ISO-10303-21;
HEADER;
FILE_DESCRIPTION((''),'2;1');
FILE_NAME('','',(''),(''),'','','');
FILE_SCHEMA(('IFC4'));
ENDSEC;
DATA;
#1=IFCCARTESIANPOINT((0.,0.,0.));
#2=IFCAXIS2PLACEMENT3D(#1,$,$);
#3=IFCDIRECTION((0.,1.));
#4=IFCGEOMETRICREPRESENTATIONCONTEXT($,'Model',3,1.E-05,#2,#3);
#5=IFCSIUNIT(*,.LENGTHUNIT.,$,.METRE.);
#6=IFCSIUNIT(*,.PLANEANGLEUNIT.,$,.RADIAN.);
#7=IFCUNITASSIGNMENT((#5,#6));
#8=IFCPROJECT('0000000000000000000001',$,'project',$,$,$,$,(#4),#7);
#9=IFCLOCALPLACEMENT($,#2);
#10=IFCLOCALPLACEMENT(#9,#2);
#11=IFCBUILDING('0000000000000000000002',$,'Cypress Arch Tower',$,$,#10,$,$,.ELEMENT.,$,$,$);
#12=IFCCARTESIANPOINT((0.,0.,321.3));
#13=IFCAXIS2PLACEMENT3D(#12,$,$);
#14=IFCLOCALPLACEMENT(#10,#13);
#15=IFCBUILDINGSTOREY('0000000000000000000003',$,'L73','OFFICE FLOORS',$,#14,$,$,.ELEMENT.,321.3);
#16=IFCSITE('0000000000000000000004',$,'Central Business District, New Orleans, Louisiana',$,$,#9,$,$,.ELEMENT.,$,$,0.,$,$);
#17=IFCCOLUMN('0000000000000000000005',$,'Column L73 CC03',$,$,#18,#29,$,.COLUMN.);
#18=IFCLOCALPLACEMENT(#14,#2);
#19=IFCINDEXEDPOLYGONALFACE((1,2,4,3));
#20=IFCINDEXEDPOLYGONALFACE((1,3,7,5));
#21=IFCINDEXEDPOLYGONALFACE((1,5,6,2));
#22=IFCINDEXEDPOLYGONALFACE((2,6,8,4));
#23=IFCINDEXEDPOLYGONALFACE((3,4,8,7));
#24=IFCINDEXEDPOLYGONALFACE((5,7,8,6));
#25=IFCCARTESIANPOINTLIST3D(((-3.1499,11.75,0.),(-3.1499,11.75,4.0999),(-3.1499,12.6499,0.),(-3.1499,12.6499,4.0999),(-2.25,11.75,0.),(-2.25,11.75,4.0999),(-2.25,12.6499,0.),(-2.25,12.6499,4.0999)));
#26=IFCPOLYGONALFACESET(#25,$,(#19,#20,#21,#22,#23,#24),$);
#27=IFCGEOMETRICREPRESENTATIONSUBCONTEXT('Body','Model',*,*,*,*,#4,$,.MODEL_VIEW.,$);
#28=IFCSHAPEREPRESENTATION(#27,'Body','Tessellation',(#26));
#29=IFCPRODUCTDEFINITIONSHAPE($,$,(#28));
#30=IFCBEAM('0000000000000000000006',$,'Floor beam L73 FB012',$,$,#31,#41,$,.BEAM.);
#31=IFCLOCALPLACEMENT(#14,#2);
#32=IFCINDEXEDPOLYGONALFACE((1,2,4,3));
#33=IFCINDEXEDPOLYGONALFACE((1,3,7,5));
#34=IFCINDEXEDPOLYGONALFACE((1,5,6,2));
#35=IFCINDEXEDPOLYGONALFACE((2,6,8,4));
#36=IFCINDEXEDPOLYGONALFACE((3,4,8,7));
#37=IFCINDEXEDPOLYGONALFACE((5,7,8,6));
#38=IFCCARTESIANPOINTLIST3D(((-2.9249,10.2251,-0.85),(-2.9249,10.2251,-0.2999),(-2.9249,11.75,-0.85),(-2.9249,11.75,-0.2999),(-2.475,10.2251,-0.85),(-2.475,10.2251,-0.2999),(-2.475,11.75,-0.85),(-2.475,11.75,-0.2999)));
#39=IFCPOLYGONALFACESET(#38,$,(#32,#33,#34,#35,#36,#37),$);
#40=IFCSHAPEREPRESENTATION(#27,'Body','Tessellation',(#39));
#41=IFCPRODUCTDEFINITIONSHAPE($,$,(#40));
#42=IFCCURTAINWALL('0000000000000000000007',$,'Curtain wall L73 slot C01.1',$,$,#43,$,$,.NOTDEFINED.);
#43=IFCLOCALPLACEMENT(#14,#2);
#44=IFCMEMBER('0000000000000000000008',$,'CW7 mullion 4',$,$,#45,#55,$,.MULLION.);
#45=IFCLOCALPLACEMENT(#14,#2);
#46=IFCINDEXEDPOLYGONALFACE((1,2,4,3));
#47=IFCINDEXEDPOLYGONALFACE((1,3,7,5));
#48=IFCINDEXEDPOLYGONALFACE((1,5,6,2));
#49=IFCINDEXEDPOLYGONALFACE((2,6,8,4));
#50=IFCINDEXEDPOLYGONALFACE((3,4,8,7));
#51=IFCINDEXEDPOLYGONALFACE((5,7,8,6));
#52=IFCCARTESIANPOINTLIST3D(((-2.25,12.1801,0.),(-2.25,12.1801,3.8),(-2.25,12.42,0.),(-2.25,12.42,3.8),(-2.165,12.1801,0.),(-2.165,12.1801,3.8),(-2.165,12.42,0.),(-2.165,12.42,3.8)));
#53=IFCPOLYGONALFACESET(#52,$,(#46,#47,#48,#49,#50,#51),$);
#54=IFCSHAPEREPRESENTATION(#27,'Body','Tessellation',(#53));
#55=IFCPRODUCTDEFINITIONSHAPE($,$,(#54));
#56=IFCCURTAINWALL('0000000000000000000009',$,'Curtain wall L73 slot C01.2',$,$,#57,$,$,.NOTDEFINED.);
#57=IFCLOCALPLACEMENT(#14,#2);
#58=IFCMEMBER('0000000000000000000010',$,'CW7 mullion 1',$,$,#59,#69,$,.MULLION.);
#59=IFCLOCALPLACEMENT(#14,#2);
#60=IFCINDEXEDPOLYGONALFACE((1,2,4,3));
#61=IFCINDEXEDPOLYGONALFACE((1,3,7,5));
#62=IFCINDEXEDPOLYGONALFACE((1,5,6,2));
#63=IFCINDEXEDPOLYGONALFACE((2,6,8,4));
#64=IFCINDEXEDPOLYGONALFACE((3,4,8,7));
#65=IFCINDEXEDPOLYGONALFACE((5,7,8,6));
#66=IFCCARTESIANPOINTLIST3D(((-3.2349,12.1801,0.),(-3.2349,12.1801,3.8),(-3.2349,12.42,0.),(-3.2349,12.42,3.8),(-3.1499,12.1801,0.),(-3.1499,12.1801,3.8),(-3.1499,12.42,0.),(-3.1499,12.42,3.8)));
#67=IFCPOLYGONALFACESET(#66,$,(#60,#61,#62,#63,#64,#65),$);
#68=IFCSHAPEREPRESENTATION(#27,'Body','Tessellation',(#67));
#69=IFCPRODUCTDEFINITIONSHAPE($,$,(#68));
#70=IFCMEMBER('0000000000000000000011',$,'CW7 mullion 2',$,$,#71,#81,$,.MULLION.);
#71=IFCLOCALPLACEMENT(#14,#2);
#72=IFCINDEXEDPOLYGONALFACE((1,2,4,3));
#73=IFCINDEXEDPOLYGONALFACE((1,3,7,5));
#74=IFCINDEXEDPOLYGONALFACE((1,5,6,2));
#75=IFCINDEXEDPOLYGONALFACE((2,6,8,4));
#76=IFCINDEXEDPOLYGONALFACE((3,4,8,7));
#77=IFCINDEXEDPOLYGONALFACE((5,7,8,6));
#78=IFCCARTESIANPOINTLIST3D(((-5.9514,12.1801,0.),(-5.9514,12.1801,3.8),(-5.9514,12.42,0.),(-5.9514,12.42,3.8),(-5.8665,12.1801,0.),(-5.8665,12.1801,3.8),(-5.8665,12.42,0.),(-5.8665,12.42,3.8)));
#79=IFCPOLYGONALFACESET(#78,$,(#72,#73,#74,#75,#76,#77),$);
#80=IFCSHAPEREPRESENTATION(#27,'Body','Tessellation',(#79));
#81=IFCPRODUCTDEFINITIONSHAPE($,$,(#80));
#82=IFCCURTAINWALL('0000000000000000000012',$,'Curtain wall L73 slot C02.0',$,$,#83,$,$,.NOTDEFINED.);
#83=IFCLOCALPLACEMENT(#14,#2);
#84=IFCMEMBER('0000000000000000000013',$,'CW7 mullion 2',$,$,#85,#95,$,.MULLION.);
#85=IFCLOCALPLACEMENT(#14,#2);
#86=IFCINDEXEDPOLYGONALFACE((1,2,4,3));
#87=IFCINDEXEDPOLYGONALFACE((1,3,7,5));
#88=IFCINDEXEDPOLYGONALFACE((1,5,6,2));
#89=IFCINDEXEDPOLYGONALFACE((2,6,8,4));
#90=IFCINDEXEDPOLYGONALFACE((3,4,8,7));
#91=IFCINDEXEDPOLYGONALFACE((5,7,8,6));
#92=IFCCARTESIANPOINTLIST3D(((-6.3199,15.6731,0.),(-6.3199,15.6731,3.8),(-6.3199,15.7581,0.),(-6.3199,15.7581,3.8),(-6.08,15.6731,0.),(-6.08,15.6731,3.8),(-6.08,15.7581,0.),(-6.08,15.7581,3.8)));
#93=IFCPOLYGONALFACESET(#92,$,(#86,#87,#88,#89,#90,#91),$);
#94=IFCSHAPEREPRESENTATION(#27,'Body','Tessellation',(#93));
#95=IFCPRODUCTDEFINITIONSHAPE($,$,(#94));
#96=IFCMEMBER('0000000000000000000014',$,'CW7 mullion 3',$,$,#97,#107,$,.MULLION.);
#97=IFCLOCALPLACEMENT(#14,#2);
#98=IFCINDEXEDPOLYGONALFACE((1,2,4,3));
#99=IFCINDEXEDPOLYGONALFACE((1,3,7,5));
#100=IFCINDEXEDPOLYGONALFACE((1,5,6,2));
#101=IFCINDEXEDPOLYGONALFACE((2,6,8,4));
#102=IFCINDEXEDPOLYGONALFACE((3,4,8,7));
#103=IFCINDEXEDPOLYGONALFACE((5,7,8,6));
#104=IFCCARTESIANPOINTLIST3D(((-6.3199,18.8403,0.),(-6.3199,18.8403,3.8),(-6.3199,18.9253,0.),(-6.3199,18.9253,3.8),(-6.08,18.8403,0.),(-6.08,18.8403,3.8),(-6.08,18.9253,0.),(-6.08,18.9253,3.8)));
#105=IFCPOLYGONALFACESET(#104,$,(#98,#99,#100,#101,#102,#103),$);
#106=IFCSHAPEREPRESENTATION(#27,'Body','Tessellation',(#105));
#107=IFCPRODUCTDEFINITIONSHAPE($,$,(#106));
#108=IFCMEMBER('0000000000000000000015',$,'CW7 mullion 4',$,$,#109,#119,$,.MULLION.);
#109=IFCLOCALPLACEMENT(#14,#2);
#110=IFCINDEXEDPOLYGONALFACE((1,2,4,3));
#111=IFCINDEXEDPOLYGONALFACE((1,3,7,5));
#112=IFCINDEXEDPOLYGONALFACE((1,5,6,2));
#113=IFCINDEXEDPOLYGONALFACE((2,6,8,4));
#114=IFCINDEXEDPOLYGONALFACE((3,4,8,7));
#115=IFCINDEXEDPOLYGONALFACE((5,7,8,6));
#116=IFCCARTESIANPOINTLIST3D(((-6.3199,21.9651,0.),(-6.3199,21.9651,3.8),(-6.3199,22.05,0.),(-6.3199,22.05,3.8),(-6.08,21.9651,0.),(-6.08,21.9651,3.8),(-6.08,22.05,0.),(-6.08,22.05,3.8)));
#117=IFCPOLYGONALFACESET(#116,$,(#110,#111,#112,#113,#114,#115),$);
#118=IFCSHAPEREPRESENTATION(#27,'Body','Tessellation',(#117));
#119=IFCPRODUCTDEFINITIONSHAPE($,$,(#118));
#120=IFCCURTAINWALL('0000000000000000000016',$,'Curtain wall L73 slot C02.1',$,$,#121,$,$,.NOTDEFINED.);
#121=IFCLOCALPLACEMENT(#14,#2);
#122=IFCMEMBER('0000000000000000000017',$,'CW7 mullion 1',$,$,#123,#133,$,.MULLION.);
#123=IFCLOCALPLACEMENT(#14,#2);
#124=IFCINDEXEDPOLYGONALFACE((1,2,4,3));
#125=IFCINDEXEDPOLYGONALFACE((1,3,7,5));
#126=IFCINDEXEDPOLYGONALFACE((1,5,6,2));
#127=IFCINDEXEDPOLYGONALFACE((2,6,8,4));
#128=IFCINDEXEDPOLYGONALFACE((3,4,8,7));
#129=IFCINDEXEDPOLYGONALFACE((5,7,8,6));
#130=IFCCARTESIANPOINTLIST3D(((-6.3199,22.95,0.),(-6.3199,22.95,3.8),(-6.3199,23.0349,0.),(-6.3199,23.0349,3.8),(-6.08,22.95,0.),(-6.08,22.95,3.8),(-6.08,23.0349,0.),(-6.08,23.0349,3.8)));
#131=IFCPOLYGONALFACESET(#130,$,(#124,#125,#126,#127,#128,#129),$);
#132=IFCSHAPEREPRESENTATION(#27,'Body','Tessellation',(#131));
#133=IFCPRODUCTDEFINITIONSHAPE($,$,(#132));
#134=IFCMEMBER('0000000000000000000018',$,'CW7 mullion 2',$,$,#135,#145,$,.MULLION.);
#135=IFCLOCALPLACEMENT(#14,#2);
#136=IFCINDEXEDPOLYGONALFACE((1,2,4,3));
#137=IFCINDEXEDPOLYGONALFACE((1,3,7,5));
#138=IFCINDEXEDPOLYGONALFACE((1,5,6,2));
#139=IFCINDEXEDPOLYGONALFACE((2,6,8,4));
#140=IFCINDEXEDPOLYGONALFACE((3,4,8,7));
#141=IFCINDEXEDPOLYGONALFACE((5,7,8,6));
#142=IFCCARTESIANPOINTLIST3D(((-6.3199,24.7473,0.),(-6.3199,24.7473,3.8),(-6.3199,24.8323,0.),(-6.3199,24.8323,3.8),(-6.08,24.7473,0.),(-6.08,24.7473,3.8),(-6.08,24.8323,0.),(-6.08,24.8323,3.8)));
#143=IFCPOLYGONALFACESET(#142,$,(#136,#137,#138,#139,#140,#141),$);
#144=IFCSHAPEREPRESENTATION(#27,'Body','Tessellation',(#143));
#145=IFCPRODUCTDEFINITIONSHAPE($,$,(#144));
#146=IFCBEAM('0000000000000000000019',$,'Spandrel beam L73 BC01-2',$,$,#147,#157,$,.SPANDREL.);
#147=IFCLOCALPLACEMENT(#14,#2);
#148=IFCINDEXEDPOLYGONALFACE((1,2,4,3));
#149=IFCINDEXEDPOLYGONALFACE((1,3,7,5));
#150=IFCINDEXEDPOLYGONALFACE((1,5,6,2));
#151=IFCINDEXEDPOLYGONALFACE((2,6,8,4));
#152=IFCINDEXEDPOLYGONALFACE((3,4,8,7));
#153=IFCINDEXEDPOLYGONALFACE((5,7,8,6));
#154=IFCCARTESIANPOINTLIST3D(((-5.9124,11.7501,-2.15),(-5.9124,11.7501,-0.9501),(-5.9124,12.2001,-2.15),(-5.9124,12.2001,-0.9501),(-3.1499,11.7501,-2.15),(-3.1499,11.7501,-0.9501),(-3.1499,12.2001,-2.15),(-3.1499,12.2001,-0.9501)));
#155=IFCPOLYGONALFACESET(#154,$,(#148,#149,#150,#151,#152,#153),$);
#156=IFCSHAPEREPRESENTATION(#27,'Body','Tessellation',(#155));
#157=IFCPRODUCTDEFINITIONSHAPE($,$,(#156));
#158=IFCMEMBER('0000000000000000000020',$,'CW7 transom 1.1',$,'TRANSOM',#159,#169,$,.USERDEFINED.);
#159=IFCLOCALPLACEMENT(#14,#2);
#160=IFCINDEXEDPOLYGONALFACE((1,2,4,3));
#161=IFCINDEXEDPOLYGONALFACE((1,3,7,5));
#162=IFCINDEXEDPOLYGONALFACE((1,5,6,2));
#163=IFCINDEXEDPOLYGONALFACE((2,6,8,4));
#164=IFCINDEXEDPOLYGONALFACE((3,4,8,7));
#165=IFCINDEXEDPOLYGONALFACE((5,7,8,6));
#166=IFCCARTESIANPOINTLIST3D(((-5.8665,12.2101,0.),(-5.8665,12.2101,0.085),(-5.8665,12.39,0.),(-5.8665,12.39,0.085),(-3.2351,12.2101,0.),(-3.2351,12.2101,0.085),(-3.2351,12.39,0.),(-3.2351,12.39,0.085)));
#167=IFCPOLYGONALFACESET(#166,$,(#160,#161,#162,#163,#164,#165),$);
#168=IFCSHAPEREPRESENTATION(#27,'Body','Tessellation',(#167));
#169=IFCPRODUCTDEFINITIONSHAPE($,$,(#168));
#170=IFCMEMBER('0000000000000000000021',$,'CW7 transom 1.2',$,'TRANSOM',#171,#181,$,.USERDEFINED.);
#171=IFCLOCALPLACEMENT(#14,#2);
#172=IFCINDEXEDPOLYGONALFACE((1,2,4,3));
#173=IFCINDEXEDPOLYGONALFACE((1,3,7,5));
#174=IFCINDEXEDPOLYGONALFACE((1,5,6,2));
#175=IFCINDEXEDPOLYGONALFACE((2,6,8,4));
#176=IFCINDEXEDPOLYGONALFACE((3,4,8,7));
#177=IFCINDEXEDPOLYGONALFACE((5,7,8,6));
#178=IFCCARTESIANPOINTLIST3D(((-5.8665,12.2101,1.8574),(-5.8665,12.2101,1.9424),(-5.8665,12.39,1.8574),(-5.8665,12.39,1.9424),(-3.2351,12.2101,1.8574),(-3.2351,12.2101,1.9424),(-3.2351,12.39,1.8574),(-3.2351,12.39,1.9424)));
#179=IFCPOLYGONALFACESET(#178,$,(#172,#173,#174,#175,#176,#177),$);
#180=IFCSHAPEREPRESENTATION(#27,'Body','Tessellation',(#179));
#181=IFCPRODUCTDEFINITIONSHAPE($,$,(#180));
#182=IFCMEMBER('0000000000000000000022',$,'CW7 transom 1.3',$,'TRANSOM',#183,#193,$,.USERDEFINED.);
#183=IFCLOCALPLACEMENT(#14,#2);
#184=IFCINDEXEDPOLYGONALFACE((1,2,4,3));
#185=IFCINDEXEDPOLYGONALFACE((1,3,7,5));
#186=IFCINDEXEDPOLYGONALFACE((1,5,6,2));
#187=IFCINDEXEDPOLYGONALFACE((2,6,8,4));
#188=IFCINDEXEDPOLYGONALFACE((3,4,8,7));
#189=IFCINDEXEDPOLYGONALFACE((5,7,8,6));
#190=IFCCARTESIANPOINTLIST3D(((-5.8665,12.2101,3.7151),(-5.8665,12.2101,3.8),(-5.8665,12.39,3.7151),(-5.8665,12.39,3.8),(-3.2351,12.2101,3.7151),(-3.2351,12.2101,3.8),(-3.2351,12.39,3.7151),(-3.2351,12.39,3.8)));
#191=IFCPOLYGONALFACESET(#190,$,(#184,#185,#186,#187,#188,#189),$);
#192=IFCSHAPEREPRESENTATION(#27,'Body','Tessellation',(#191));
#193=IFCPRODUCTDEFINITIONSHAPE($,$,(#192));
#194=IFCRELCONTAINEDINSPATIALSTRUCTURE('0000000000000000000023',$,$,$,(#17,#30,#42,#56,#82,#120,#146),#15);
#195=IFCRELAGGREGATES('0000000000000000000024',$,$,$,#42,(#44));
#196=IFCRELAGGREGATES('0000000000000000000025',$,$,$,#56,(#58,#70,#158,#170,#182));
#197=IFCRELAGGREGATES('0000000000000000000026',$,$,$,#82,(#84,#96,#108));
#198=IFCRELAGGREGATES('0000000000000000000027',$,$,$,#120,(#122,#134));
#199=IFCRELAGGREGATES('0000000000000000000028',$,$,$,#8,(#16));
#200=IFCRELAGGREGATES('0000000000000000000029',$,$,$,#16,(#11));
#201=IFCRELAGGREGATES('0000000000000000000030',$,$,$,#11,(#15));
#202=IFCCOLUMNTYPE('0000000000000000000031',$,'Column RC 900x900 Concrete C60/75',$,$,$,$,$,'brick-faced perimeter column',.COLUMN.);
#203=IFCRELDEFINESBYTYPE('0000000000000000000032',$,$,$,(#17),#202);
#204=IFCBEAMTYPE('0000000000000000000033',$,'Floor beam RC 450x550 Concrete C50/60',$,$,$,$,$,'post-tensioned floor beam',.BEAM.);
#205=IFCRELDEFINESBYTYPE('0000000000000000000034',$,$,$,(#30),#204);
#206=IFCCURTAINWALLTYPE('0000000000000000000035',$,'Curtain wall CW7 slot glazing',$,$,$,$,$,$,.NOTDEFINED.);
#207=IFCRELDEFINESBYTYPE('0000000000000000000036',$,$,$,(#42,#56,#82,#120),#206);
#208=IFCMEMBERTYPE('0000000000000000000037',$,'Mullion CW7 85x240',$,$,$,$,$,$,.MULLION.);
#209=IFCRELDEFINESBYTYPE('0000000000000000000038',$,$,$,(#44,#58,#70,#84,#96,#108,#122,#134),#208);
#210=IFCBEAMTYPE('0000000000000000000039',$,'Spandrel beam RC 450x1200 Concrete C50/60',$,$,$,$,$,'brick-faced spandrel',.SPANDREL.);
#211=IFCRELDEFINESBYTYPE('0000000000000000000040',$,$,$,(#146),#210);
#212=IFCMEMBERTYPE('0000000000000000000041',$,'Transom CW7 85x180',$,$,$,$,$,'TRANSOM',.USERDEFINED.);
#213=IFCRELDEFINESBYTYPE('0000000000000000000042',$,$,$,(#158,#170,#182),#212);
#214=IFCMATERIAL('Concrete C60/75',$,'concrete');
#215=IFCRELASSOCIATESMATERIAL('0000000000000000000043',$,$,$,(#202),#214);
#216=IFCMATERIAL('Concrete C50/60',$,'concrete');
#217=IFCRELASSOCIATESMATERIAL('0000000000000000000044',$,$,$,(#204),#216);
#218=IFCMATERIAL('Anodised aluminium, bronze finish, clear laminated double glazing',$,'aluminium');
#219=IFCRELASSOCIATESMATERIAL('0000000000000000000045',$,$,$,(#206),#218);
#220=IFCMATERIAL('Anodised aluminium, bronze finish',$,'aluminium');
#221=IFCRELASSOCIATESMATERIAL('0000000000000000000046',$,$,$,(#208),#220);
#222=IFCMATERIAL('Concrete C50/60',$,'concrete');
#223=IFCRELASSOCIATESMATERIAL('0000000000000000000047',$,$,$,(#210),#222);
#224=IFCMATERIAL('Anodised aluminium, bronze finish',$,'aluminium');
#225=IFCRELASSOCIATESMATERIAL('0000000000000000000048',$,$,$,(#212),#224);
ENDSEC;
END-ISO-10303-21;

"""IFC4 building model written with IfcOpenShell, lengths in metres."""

from ifc_helpers import new_model, si_unit, direction, frame, origin, origin_2d, place, context, subcontext, project, spatial, rectangle, extrude, material, material_profile, profile_set, type_object, element, aggregate, save


model = new_model("IFC4")

# Units and contexts
model_context = context("Model", 3, precision=1e-05, world=origin(), true_north=direction((0.0, 1.0)))
body_context = subcontext(model_context, "Body", "Model", "MODEL_VIEW")
ifc_project = project(units=[si_unit("LENGTHUNIT", "METRE"), si_unit("PLANEANGLEUNIT", "RADIAN")], contexts=[model_context])

# Site, building, storey
site_placement = place(None, origin())
site = spatial("IfcSite", under=ifc_project, at=site_placement, Name="Central Business District, New Orleans, Louisiana", CompositionType="ELEMENT", RefElevation=0.0)
building_placement = place(site_placement, origin())
building = spatial("IfcBuilding", under=site, at=building_placement, Name="Cypress Arch Tower", CompositionType="ELEMENT")
storey_placement = place(building_placement, frame((0.0, 0.0, 321.3)))
storey = spatial("IfcBuildingStorey", under=building, at=storey_placement, Name="L73", Description="OFFICE FLOORS", CompositionType="ELEMENT", Elevation=321.3)

# Column
ifc_material_1 = material(Name="Concrete C60/75", Category="concrete")
ifc_material_profile_1 = material_profile(ifc_material_1, rectangle(XDim=0.8999, YDim=0.8999, at=origin_2d()), Name="RC 900x900")
ifc_profile_set_1 = profile_set([ifc_material_profile_1], Name="Concrete C60/75")
column_type = type_object("IfcColumnType", Name="Column RC 900x900 Concrete C60/75", ElementType="brick-faced perimeter column", PredefinedType="COLUMN", material=ifc_profile_set_1)
column_placement = place(storey_placement, frame((-2.7, 12.2, 0.0), z_axis=(0.0, 0.0, 1.0), x_axis=(-1.0, 0.0, 0.0)))
element("IfcColumn", 1, at=column_placement, inside=storey, type_object=column_type, Name="Column L73 CC03", PredefinedType="COLUMN", context=body_context, shape_type="SweptSolid", body=[
    extrude(rectangle(XDim=0.8999, YDim=0.8999, at=origin_2d()), origin(), (0.0, 0.0, 1.0), 4.0999),
])

# Beam
ifc_material_2 = material(Name="Concrete C50/60", Category="concrete")
ifc_material_profile_2 = material_profile(ifc_material_2, rectangle(XDim=0.45, YDim=0.55, at=origin_2d()), Name="RC 450x550")
ifc_profile_set_2 = profile_set([ifc_material_profile_2], Name="Concrete C50/60")
beam_type_1 = type_object("IfcBeamType", Name="Floor beam RC 450x550 Concrete C50/60", ElementType="post-tensioned floor beam", PredefinedType="BEAM", material=ifc_profile_set_2)
beam_1_placement = place(storey_placement, frame((-2.7, 10.2251, -0.575), z_axis=(0.0, 1.0, 0.0), x_axis=(-1.0, 0.0, 0.0)))
element("IfcBeam", 2, at=beam_1_placement, inside=storey, type_object=beam_type_1, Name="Floor beam L73 FB012", PredefinedType="BEAM", context=body_context, shape_type="SweptSolid", body=[
    extrude(rectangle(XDim=0.45, YDim=0.55, at=origin_2d()), origin(), (0.0, 0.0, 1.0), 1.5249),
])

# Curtain wall, member
ifc_material_3 = material(Name="Anodised aluminium, bronze finish, clear laminated double glazing", Category="aluminium")
curtain_wall_type = type_object("IfcCurtainWallType", Name="Curtain wall CW7 slot glazing", PredefinedType="NOTDEFINED", material=ifc_material_3)
curtain_wall_1_placement = place(storey_placement, origin())
curtain_wall_1 = element("IfcCurtainWall", 3, at=curtain_wall_1_placement, inside=storey, type_object=curtain_wall_type, Name="Curtain wall L73 slot C01.1", PredefinedType="NOTDEFINED")
ifc_material_4 = material(Name="Anodised aluminium, bronze finish", Category="aluminium")
ifc_material_profile_3 = material_profile(ifc_material_4, rectangle(XDim=0.24, YDim=0.085, at=origin_2d()), Name="Mullion 85x240")
ifc_profile_set_3 = profile_set([ifc_material_profile_3], Name="Anodised aluminium, bronze finish")
member_type_1 = type_object("IfcMemberType", Name="Mullion CW7 85x240", PredefinedType="MULLION", material=ifc_profile_set_3)
member_1_placement = place(storey_placement, frame((-2.2075, 12.3, 0.0), z_axis=(0.0, 0.0, 1.0), x_axis=(0.0, -1.0, 0.0)))
member_1 = element("IfcMember", 4, at=member_1_placement, type_object=member_type_1, Name="CW7 mullion 4", PredefinedType="MULLION", context=body_context, shape_type="SweptSolid", body=[
    extrude(rectangle(XDim=0.24, YDim=0.085, at=origin_2d()), origin(), (0.0, 0.0, 1.0), 3.8),
])

# Curtain walls, members
curtain_wall_2_placement = place(storey_placement, origin())
curtain_wall_2 = element("IfcCurtainWall", 5, at=curtain_wall_2_placement, inside=storey, type_object=curtain_wall_type, Name="Curtain wall L73 slot C01.2", PredefinedType="NOTDEFINED")
member_2_placement = place(storey_placement, frame((-3.1924, 12.3, 0.0), z_axis=(0.0, 0.0, 1.0), x_axis=(0.0, -1.0, 0.0)))
member_2 = element("IfcMember", 6, at=member_2_placement, type_object=member_type_1, Name="CW7 mullion 1", PredefinedType="MULLION", context=body_context, shape_type="SweptSolid", body=[
    extrude(rectangle(XDim=0.24, YDim=0.085, at=origin_2d()), origin(), (0.0, 0.0, 1.0), 3.8),
])
member_3_placement = place(storey_placement, frame((-5.9089, 12.3, 0.0), z_axis=(0.0, 0.0, 1.0), x_axis=(0.0, -1.0, 0.0)))
member_3 = element("IfcMember", 7, at=member_3_placement, type_object=member_type_1, Name="CW7 mullion 2", PredefinedType="MULLION", context=body_context, shape_type="SweptSolid", body=[
    extrude(rectangle(XDim=0.24, YDim=0.085, at=origin_2d()), origin(), (0.0, 0.0, 1.0), 3.8),
])
curtain_wall_3_placement = place(storey_placement, origin())
curtain_wall_3 = element("IfcCurtainWall", 8, at=curtain_wall_3_placement, inside=storey, type_object=curtain_wall_type, Name="Curtain wall L73 slot C02.0", PredefinedType="NOTDEFINED")
member_4_placement = place(storey_placement, frame((-6.2, 15.7156, 0.0), z_axis=(0.0, 0.0, 1.0), x_axis=(-1.0, 0.0, 0.0)))
member_4 = element("IfcMember", 9, at=member_4_placement, type_object=member_type_1, Name="CW7 mullion 2", PredefinedType="MULLION", context=body_context, shape_type="SweptSolid", body=[
    extrude(rectangle(XDim=0.24, YDim=0.085, at=origin_2d()), origin(), (0.0, 0.0, 1.0), 3.8),
])
member_5_placement = place(storey_placement, frame((-6.2, 18.8828, 0.0), z_axis=(0.0, 0.0, 1.0), x_axis=(-1.0, 0.0, 0.0)))
member_5 = element("IfcMember", 10, at=member_5_placement, type_object=member_type_1, Name="CW7 mullion 3", PredefinedType="MULLION", context=body_context, shape_type="SweptSolid", body=[
    extrude(rectangle(XDim=0.24, YDim=0.085, at=origin_2d()), origin(), (0.0, 0.0, 1.0), 3.8),
])
member_6_placement = place(storey_placement, frame((-6.2, 22.0076, 0.0), z_axis=(0.0, 0.0, 1.0), x_axis=(-1.0, 0.0, 0.0)))
member_6 = element("IfcMember", 11, at=member_6_placement, type_object=member_type_1, Name="CW7 mullion 4", PredefinedType="MULLION", context=body_context, shape_type="SweptSolid", body=[
    extrude(rectangle(XDim=0.24, YDim=0.085, at=origin_2d()), origin(), (0.0, 0.0, 1.0), 3.8),
])
curtain_wall_4_placement = place(storey_placement, origin())
curtain_wall_4 = element("IfcCurtainWall", 12, at=curtain_wall_4_placement, inside=storey, type_object=curtain_wall_type, Name="Curtain wall L73 slot C02.1", PredefinedType="NOTDEFINED")
member_7_placement = place(storey_placement, frame((-6.2, 22.9924, 0.0), z_axis=(0.0, 0.0, 1.0), x_axis=(-1.0, 0.0, 0.0)))
member_7 = element("IfcMember", 13, at=member_7_placement, type_object=member_type_1, Name="CW7 mullion 1", PredefinedType="MULLION", context=body_context, shape_type="SweptSolid", body=[
    extrude(rectangle(XDim=0.24, YDim=0.085, at=origin_2d()), origin(), (0.0, 0.0, 1.0), 3.8),
])
member_8_placement = place(storey_placement, frame((-6.2, 24.7898, 0.0), z_axis=(0.0, 0.0, 1.0), x_axis=(-1.0, 0.0, 0.0)))
member_8 = element("IfcMember", 14, at=member_8_placement, type_object=member_type_1, Name="CW7 mullion 2", PredefinedType="MULLION", context=body_context, shape_type="SweptSolid", body=[
    extrude(rectangle(XDim=0.24, YDim=0.085, at=origin_2d()), origin(), (0.0, 0.0, 1.0), 3.8),
])

# Beam
ifc_material_5 = material(Name="Concrete C50/60", Category="concrete")
ifc_material_profile_4 = material_profile(ifc_material_5, rectangle(XDim=0.45, YDim=1.2, at=origin_2d()), Name="RC 450x1200")
ifc_profile_set_4 = profile_set([ifc_material_profile_4], Name="Concrete C50/60")
beam_type_2 = type_object("IfcBeamType", Name="Spandrel beam RC 450x1200 Concrete C50/60", ElementType="brick-faced spandrel", PredefinedType="SPANDREL", material=ifc_profile_set_4)
beam_2_placement = place(storey_placement, frame((-3.1499, 11.9751, -1.55), z_axis=(-1.0, 0.0, 0.0), x_axis=(0.0, -1.0, 0.0)))
element("IfcBeam", 15, at=beam_2_placement, inside=storey, type_object=beam_type_2, Name="Spandrel beam L73 BC01-2", PredefinedType="SPANDREL", context=body_context, shape_type="SweptSolid", body=[
    extrude(rectangle(XDim=0.45, YDim=1.2, at=origin_2d()), origin(), (0.0, 0.0, 1.0), 2.7625),
])

# Members
ifc_material_6 = material(Name="Anodised aluminium, bronze finish", Category="aluminium")
ifc_material_profile_5 = material_profile(ifc_material_6, rectangle(XDim=0.1799, YDim=0.085, at=origin_2d()), Name="Transom 85x180")
ifc_profile_set_5 = profile_set([ifc_material_profile_5], Name="Anodised aluminium, bronze finish")
member_type_2 = type_object("IfcMemberType", Name="Transom CW7 85x180", ElementType="TRANSOM", PredefinedType="USERDEFINED", material=ifc_profile_set_5)
member_9_placement = place(storey_placement, frame((-3.2351, 12.3, 0.0425), z_axis=(-1.0, 0.0, 0.0), x_axis=(0.0, -1.0, 0.0)))
member_9 = element("IfcMember", 16, at=member_9_placement, type_object=member_type_2, Name="CW7 transom 1.1", ObjectType="TRANSOM", PredefinedType="USERDEFINED", context=body_context, shape_type="SweptSolid", body=[
    extrude(rectangle(XDim=0.1799, YDim=0.085, at=origin_2d()), origin(), (0.0, 0.0, 1.0), 2.6313),
])
member_10_placement = place(storey_placement, frame((-3.2351, 12.3, 1.8999), z_axis=(-1.0, 0.0, 0.0), x_axis=(0.0, -1.0, 0.0)))
member_10 = element("IfcMember", 17, at=member_10_placement, type_object=member_type_2, Name="CW7 transom 1.2", ObjectType="TRANSOM", PredefinedType="USERDEFINED", context=body_context, shape_type="SweptSolid", body=[
    extrude(rectangle(XDim=0.1799, YDim=0.085, at=origin_2d()), origin(), (0.0, 0.0, 1.0), 2.6313),
])
member_11_placement = place(storey_placement, frame((-3.2351, 12.3, 3.7576), z_axis=(-1.0, 0.0, 0.0), x_axis=(0.0, -1.0, 0.0)))
member_11 = element("IfcMember", 18, at=member_11_placement, type_object=member_type_2, Name="CW7 transom 1.3", ObjectType="TRANSOM", PredefinedType="USERDEFINED", context=body_context, shape_type="SweptSolid", body=[
    extrude(rectangle(XDim=0.1799, YDim=0.085, at=origin_2d()), origin(), (0.0, 0.0, 1.0), 2.6313),
])

aggregate(curtain_wall_1, [member_1])
aggregate(curtain_wall_2, [member_2, member_3, member_9, member_10, member_11])
aggregate(curtain_wall_3, [member_4, member_5, member_6])
aggregate(curtain_wall_4, [member_7, member_8])

save(model, "model.ifc")
